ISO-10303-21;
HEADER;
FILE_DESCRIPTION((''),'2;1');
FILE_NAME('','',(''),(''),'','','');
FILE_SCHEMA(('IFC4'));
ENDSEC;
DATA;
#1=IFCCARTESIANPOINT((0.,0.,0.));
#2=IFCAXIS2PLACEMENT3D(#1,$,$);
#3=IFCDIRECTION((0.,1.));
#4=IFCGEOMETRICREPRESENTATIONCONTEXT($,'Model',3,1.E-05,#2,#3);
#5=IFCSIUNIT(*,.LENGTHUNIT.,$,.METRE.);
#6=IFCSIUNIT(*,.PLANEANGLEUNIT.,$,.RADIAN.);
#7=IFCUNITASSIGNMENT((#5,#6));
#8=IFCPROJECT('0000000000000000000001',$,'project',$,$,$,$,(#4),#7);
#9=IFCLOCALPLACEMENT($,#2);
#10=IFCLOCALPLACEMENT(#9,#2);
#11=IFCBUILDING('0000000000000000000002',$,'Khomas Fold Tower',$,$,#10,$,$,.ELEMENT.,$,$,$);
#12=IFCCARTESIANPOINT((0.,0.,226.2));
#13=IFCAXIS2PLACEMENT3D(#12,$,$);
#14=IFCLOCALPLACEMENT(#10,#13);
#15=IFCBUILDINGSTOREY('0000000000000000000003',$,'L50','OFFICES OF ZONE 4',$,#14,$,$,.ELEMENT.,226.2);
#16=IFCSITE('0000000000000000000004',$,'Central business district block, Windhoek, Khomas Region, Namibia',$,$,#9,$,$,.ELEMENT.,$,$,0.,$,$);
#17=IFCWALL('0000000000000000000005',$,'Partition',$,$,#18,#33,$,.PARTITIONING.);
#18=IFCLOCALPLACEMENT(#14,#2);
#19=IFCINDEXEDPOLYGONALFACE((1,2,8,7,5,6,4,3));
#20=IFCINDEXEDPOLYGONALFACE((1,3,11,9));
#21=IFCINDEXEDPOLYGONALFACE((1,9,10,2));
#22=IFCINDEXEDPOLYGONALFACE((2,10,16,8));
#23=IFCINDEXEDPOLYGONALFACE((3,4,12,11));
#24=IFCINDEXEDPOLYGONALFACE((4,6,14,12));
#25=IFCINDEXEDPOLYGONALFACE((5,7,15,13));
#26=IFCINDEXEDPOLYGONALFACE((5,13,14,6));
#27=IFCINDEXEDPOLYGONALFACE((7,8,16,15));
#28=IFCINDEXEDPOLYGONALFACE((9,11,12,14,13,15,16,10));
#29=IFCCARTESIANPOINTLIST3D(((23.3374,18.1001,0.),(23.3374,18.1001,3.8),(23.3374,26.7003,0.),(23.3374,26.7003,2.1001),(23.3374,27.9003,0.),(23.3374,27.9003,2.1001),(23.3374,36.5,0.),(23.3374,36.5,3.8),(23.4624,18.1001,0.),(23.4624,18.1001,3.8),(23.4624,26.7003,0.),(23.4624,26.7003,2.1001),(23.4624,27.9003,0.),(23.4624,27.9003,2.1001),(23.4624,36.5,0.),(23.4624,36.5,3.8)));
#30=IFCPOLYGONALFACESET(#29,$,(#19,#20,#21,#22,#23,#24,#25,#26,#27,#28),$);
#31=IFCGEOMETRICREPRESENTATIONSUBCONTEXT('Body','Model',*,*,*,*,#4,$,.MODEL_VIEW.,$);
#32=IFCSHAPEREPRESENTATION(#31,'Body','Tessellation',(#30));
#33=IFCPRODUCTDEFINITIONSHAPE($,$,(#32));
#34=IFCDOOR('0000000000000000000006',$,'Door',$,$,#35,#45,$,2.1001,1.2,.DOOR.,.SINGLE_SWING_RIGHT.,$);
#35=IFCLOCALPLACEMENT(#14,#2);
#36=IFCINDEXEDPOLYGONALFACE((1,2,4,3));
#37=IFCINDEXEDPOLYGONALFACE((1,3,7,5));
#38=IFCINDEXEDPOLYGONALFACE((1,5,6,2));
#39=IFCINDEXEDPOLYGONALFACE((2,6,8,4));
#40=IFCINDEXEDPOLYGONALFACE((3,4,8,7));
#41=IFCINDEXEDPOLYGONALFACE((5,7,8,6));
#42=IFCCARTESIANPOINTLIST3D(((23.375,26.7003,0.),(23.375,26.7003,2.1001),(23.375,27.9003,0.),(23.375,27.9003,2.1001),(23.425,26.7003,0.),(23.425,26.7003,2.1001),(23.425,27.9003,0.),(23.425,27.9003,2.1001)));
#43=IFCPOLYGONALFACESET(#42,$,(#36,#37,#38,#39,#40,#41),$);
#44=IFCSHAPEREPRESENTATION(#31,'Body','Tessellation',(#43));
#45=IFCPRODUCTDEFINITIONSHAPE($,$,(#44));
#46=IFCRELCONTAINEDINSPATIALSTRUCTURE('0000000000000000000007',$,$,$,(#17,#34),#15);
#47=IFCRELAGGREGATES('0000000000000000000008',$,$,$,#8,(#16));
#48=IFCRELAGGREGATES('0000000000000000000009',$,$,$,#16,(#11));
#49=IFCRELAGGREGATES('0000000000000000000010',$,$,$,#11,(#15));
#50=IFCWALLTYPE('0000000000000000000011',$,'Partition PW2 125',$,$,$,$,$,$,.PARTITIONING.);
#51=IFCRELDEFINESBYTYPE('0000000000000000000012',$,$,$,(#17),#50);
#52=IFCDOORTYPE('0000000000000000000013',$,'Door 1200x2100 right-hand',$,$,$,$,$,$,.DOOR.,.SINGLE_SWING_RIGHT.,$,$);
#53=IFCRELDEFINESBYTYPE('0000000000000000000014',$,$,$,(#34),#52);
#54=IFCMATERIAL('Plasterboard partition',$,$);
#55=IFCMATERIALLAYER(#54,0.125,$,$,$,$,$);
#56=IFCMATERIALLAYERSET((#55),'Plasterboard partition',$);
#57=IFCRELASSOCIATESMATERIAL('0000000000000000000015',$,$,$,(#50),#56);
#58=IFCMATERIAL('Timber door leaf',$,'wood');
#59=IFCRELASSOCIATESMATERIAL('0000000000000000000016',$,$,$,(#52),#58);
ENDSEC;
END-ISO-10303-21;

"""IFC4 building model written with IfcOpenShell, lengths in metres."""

from ifc_helpers import new_model, si_unit, direction, frame, frame_2d, origin, place, context, subcontext, project, spatial, rectangle, extrude, source, transform, mapped, material, layer, layer_set, type_object, element, fill, save


model = new_model("IFC4")

# Units and contexts
model_context = context("Model", 3, precision=1e-05, world=origin(), true_north=direction((0.0, 1.0)))
body_context = subcontext(model_context, "Body", "Model", "MODEL_VIEW")
ifc_project = project(units=[si_unit("LENGTHUNIT", "METRE"), si_unit("PLANEANGLEUNIT", "RADIAN")], contexts=[model_context])

# Site, building, storey
site_placement = place(None, origin())
site = spatial("IfcSite", under=ifc_project, at=site_placement, Name="Central business district block, Windhoek, Khomas Region, Namibia", CompositionType="ELEMENT", RefElevation=0.0)
building_placement = place(site_placement, origin())
building = spatial("IfcBuilding", under=site, at=building_placement, Name="Khomas Fold Tower", CompositionType="ELEMENT")
storey_placement = place(building_placement, frame((0.0, 0.0, 226.2)))
storey = spatial("IfcBuildingStorey", under=building, at=storey_placement, Name="L50", Description="OFFICES OF ZONE 4", CompositionType="ELEMENT", Elevation=226.2)

# Shared definitions
ifc_material_1 = material(Name="Plasterboard partition")
ifc_layer_1 = layer(ifc_material_1, 0.125)
ifc_layer_set_1 = layer_set([ifc_layer_1], Name="Plasterboard partition")
wall_type_1 = type_object("IfcWallType", Name="Partition PW2 125", PredefinedType="PARTITIONING", material=ifc_layer_set_1)
shared_shape_1 = source(origin(), body_context, "Body", "SweptSolid", [
    extrude(rectangle(XDim=1.2, YDim=2.1001, at=frame_2d((0.6001, 1.05))), frame((0.0, 0.0725, 0.0), z_axis=(0.0, -1.0, 0.0), x_axis=(1.0, 0.0, 0.0)), (0.0, 0.0, 1.0), 0.145),
])
ifc_material_2 = material(Name="Timber door leaf", Category="wood")
door_type_1 = type_object("IfcDoorType", Name="Door 1200x2100 right-hand", OperationType="SINGLE_SWING_RIGHT", PredefinedType="DOOR", material=ifc_material_2)
shared_shape_2 = source(origin(), body_context, "Body", "SweptSolid", [
    extrude(rectangle(XDim=1.2, YDim=2.1001, at=frame_2d((0.6001, 1.05))), frame((0.0, 0.0249, 0.0), z_axis=(0.0, -1.0, 0.0), x_axis=(1.0, 0.0, 0.0)), (0.0, 0.0, 1.0), 0.05),
])

# Wall, opening, door
shared_shape_3 = source(origin(), body_context, "Body", "SweptSolid", [
    extrude(rectangle(XDim=18.3999, YDim=0.125, at=frame_2d((9.2, 0.0))), origin(), (0.0, 0.0, 1.0), 3.8),
])
wall_1_placement = place(storey_placement, frame((23.3999, 18.1001, 0.0), z_axis=(0.0, 0.0, 1.0), x_axis=(0.0, 1.0, 0.0)))
wall_1 = element("IfcWall", 1, at=wall_1_placement, inside=storey, type_object=wall_type_1, Name="Partition", PredefinedType="PARTITIONING", context=body_context, shape_type="MappedRepresentation", body=[
    mapped(shared_shape_3, transform((0.0, 0.0, 0.0))),
])
opening_1_placement = place(wall_1_placement, frame((8.6001, 0.0, 0.0)))
opening_1 = element("IfcOpeningElement", 2, at=opening_1_placement, cuts=wall_1, PredefinedType="OPENING", context=body_context, shape_type="MappedRepresentation", body=[
    mapped(shared_shape_1, transform((0.0, 0.0, 0.0))),
])
door_1_placement = place(opening_1_placement, origin())
door_1 = element("IfcDoor", 3, at=door_1_placement, inside=storey, type_object=door_type_1, Name="Door", OperationType="SINGLE_SWING_RIGHT", OverallHeight=2.1001, OverallWidth=1.2, PredefinedType="DOOR", context=body_context, shape_type="MappedRepresentation", body=[
    mapped(shared_shape_2, transform((0.0, 0.0, 0.0))),
])
fill(opening_1, door_1)

save(model, "model.ifc")
